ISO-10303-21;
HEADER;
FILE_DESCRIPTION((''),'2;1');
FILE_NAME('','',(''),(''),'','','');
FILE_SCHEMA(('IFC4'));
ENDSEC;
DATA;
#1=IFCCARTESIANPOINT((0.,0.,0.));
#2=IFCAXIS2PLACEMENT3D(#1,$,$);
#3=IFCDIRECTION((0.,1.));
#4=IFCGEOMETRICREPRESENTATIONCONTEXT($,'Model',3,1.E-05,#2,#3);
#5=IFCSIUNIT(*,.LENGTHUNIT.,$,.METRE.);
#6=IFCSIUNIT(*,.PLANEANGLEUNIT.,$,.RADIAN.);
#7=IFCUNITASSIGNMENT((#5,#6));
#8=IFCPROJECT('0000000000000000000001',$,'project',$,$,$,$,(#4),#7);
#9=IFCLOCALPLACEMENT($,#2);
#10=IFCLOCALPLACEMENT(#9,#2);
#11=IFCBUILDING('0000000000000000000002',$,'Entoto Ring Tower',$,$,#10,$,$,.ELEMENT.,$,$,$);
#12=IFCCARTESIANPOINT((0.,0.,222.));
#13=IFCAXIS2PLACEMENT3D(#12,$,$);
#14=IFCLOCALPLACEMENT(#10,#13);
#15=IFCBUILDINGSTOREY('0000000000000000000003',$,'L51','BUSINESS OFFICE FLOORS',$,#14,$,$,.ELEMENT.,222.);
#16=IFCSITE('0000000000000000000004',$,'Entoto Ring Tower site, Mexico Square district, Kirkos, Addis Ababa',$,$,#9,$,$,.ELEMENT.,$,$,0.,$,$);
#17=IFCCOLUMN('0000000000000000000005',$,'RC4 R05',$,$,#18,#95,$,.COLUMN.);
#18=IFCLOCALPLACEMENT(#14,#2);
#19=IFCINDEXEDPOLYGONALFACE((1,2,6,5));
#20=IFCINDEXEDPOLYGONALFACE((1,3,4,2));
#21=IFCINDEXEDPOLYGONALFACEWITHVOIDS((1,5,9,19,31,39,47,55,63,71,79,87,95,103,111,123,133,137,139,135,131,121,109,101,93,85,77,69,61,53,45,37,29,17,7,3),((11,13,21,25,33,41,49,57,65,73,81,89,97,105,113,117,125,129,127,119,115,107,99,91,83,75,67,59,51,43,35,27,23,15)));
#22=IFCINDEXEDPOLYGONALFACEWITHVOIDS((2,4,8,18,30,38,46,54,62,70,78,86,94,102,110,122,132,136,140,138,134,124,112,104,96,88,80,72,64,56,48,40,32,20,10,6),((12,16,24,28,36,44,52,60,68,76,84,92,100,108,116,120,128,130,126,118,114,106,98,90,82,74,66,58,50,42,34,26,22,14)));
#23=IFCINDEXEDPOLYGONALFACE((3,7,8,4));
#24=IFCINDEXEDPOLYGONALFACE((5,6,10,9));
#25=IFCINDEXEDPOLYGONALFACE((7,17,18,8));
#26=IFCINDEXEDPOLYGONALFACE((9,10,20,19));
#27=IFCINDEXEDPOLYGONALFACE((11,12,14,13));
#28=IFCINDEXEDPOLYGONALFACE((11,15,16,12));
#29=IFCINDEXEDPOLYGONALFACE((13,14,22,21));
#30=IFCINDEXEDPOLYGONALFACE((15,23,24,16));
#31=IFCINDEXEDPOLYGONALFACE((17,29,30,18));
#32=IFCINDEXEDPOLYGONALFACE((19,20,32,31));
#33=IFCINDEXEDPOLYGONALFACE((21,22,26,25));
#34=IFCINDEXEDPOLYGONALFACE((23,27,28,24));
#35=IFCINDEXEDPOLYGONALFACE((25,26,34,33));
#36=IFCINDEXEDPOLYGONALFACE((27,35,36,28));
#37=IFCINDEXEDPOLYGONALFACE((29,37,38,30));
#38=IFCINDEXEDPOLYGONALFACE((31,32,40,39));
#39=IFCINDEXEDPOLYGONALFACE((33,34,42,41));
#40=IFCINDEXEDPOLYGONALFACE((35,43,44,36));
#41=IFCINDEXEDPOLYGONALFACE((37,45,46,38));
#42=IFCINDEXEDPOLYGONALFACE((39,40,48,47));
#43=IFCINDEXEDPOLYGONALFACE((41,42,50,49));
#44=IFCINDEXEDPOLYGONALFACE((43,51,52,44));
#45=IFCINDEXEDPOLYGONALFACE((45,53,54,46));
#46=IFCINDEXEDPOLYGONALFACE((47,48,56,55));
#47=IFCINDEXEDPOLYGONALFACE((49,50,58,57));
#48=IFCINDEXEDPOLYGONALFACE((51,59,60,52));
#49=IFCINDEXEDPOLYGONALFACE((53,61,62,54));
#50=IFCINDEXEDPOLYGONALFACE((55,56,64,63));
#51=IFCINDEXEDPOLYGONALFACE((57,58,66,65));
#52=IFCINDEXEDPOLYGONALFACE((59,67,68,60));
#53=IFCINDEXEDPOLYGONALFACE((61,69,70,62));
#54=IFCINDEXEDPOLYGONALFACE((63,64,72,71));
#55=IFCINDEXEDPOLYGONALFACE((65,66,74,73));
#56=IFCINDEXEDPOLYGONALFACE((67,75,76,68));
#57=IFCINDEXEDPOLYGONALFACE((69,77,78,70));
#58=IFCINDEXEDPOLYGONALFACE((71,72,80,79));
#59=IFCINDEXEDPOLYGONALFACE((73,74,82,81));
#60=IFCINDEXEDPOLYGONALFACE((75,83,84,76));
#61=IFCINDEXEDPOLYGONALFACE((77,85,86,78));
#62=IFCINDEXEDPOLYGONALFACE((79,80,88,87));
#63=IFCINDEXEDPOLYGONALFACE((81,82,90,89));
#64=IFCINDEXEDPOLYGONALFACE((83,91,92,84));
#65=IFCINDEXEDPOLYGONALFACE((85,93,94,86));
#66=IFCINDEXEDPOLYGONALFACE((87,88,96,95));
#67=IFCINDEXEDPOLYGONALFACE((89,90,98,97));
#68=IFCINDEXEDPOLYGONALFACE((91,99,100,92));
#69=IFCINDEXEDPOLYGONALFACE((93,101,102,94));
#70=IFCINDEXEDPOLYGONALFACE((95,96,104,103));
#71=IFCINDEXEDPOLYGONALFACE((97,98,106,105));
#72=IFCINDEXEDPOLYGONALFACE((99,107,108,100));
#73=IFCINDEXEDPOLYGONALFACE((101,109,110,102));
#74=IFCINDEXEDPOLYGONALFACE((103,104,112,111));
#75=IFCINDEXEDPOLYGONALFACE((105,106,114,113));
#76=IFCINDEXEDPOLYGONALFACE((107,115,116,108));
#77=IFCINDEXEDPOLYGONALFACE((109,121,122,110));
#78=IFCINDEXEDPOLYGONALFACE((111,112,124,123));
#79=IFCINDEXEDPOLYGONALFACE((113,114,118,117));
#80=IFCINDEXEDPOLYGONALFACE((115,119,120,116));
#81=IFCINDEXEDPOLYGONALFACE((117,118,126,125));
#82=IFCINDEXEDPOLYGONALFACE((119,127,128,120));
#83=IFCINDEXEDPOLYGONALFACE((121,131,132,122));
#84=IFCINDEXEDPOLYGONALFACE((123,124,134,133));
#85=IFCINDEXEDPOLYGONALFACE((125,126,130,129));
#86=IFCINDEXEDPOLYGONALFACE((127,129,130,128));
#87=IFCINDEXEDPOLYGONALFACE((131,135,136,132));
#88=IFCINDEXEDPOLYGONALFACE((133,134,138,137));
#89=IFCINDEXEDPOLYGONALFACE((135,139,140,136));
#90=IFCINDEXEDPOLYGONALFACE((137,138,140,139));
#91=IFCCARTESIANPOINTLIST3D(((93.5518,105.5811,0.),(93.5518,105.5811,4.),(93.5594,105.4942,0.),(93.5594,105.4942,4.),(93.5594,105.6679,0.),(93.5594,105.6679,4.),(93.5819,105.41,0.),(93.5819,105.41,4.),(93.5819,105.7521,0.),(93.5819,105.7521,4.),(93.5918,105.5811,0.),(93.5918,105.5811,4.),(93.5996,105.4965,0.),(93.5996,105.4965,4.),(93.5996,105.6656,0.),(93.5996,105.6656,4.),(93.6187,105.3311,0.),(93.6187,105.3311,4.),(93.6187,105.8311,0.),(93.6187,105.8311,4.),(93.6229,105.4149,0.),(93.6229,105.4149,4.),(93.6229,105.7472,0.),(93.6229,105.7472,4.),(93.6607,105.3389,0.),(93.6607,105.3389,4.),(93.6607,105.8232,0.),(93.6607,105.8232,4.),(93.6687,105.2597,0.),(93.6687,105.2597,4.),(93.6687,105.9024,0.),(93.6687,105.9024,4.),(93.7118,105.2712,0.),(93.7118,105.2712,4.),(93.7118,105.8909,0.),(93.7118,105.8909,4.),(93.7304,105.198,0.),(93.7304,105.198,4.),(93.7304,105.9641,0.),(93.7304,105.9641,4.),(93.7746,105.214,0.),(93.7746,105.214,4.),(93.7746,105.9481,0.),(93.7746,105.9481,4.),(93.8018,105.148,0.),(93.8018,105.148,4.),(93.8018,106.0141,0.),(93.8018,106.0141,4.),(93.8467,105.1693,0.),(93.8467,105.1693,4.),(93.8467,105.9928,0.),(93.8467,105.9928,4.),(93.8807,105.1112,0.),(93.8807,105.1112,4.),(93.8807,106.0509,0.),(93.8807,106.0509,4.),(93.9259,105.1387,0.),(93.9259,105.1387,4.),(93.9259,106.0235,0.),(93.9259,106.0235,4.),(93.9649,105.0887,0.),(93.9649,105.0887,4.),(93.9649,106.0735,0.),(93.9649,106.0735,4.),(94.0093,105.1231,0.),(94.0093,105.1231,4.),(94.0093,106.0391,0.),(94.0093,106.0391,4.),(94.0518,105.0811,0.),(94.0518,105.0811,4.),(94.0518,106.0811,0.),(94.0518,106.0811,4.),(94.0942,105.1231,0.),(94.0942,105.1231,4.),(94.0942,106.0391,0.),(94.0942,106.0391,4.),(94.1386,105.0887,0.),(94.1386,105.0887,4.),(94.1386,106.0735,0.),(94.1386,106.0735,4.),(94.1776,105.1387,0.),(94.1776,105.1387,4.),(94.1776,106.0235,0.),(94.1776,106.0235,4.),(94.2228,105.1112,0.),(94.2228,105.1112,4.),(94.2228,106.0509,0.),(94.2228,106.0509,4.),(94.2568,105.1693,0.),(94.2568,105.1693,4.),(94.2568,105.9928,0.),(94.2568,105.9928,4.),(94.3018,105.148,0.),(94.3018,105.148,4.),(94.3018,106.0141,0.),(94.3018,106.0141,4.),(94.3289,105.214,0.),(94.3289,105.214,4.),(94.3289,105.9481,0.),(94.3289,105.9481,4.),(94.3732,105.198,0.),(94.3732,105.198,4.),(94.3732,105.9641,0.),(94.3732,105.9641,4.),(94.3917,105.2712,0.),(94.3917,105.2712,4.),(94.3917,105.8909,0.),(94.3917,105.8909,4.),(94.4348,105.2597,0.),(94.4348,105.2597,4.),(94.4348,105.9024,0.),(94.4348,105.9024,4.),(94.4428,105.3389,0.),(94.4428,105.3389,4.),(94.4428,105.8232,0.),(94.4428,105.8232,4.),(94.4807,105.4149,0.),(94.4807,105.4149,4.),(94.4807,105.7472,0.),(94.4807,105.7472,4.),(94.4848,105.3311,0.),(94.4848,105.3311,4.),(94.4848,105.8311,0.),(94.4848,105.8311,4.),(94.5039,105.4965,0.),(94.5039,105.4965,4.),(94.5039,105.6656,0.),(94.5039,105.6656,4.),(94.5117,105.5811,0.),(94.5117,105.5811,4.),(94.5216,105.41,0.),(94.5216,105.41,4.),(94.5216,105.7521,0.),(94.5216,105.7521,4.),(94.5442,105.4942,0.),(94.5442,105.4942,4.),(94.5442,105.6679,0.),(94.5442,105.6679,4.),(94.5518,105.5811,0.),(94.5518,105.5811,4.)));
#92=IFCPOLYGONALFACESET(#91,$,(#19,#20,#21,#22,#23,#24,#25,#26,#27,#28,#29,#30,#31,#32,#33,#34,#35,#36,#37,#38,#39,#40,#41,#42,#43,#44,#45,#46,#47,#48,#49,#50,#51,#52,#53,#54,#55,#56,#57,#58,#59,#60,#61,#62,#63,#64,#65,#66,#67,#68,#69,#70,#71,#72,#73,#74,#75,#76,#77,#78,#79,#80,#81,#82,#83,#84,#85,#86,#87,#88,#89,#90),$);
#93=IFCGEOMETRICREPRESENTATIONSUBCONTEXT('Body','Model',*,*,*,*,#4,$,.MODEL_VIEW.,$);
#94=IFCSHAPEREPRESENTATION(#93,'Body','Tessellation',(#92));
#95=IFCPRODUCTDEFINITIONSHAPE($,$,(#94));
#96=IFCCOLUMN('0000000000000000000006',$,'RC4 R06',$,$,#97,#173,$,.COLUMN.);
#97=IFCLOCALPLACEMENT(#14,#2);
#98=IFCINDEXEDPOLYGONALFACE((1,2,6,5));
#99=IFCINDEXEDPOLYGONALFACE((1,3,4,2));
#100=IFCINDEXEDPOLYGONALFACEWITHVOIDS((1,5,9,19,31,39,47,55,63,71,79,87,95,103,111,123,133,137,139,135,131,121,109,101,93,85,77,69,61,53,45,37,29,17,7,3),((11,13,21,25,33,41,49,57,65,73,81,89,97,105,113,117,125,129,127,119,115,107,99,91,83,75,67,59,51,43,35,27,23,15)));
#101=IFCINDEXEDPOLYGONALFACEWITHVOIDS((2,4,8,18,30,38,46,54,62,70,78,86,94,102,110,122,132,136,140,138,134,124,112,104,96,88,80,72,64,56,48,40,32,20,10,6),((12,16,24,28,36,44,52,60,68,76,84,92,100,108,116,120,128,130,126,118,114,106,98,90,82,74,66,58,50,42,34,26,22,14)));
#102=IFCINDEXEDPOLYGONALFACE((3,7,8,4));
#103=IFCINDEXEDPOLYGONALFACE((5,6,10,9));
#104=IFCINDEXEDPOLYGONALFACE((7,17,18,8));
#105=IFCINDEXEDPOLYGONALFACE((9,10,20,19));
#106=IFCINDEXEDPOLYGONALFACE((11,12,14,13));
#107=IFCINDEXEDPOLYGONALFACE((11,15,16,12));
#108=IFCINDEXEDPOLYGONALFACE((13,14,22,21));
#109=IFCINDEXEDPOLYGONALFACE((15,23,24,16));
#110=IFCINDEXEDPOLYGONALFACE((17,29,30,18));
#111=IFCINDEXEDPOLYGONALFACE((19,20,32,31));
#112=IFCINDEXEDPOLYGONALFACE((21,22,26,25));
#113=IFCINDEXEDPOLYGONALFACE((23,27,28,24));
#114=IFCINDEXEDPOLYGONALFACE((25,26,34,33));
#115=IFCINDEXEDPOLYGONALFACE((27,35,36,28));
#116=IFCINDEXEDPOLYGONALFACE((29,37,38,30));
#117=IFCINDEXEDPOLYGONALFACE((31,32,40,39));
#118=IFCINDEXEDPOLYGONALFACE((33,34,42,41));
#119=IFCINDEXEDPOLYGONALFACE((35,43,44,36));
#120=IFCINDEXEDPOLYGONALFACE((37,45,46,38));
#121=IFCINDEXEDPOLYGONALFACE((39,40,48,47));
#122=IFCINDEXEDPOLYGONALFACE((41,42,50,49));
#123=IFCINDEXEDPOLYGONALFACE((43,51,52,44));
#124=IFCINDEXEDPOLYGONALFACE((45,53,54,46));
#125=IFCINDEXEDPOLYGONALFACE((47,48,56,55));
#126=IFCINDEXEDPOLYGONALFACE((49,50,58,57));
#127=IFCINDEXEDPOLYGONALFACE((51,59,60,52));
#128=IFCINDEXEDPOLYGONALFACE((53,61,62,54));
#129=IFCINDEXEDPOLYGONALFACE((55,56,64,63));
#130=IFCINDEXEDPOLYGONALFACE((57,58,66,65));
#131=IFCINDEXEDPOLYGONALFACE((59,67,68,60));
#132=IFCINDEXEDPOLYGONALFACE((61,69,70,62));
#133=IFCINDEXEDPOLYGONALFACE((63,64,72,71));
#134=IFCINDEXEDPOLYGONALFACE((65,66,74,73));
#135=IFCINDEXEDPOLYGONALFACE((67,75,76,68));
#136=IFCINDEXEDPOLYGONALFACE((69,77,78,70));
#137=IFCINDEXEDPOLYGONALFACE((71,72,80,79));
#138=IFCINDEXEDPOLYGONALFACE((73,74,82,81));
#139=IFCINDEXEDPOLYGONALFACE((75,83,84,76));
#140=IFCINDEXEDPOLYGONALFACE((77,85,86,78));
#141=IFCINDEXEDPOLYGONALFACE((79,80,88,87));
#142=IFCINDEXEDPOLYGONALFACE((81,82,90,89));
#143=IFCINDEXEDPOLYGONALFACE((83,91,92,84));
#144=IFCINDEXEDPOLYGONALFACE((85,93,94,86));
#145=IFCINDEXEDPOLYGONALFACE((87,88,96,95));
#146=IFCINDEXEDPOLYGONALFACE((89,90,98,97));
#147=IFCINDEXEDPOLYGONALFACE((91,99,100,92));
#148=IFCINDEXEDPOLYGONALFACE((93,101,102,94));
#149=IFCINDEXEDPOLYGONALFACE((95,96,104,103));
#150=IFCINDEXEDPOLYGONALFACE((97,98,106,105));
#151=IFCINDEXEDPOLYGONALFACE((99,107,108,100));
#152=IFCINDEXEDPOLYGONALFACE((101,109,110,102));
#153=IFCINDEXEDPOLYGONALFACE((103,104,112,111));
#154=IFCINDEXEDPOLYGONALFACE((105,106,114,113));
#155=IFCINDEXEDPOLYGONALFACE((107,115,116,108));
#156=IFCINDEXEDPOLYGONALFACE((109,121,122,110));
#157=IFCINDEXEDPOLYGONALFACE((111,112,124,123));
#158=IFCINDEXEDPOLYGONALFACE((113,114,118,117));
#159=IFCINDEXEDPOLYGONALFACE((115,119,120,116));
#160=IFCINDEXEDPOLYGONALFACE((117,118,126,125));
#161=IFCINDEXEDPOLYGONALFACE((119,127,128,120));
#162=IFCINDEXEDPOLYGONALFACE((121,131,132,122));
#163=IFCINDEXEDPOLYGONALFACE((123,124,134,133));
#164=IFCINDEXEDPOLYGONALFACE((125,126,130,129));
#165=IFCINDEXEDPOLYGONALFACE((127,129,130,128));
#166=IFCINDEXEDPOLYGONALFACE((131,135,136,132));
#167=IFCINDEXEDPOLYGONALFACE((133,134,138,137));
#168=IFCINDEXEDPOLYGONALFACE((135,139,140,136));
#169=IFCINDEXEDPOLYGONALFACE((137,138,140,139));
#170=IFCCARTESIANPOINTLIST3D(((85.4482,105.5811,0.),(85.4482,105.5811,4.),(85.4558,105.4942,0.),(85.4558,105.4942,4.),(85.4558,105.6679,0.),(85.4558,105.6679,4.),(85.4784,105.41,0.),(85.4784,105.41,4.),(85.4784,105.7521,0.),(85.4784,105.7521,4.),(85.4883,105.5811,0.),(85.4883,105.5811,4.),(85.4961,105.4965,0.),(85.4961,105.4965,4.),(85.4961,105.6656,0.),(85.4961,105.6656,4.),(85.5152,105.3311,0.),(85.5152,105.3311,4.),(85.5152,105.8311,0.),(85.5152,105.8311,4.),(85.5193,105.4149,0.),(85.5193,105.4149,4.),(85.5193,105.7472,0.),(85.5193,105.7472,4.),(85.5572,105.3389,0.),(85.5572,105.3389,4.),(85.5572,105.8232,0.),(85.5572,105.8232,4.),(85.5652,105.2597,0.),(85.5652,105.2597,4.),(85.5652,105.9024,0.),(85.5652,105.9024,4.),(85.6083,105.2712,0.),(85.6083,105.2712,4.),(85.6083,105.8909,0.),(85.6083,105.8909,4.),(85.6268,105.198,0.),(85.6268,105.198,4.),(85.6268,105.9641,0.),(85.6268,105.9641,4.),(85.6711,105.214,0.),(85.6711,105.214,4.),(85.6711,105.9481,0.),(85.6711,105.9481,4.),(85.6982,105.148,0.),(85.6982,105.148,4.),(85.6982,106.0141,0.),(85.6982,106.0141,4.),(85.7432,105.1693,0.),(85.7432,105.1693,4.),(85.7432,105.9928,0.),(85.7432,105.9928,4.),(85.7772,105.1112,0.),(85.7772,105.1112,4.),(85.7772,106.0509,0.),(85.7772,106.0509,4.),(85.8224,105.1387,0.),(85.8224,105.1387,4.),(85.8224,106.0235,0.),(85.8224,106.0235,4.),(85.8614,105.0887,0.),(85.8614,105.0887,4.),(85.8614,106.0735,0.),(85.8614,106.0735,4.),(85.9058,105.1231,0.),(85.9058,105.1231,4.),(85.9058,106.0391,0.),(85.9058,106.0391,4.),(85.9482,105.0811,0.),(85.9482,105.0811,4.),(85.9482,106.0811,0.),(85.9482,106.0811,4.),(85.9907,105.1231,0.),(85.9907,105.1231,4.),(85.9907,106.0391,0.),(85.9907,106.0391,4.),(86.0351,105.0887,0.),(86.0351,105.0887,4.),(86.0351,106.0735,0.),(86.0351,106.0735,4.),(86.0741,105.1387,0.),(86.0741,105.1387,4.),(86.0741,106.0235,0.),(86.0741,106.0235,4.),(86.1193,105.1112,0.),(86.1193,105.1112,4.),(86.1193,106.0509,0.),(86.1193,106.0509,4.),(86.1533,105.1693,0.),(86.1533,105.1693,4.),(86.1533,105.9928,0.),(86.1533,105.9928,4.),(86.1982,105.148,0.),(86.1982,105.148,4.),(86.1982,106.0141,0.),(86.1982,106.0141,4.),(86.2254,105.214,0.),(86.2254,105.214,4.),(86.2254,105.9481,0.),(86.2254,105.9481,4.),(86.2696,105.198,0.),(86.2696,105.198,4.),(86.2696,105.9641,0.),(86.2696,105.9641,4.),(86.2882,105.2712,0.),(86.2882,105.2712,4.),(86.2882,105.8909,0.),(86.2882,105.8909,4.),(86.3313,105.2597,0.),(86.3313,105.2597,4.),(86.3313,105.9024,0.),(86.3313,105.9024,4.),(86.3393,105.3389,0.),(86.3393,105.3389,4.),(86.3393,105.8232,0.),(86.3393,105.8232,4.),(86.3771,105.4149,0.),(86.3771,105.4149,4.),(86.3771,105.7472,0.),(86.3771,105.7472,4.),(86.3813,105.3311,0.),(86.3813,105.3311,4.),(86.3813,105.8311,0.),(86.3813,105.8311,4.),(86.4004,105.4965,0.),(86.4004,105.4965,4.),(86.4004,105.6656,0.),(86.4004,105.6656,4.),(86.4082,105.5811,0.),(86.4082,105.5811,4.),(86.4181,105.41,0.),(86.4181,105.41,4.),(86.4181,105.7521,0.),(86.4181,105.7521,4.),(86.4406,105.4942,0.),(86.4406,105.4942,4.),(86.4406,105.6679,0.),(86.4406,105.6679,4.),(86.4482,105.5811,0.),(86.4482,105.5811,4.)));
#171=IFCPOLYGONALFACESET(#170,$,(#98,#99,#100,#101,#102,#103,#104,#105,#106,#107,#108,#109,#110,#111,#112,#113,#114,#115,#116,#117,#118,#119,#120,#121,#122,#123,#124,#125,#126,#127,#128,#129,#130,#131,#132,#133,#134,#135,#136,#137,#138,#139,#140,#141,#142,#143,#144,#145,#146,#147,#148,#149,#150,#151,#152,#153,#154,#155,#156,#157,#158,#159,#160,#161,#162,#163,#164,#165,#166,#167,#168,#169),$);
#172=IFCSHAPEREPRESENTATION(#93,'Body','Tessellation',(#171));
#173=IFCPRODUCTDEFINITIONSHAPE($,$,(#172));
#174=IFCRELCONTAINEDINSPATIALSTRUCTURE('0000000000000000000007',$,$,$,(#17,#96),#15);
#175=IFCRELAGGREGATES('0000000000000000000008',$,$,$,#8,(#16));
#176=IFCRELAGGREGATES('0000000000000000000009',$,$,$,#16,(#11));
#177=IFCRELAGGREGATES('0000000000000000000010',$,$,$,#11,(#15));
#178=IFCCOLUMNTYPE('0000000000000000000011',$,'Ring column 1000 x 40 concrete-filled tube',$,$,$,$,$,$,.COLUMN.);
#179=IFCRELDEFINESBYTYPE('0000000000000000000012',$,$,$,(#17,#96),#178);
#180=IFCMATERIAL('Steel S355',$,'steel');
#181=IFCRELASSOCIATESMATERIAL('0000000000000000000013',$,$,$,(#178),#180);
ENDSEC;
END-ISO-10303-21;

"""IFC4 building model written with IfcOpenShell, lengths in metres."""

from ifc_helpers import new_model, si_unit, direction, frame, origin, origin_2d, place, context, subcontext, project, spatial, circle, hollow_circle, extrude, material, material_profile, profile_set, type_object, element, save


model = new_model("IFC4")

# Units and contexts
model_context = context("Model", 3, precision=1e-05, world=origin(), true_north=direction((0.0, 1.0)))
body_context = subcontext(model_context, "Body", "Model", "MODEL_VIEW")
ifc_project = project(units=[si_unit("LENGTHUNIT", "METRE"), si_unit("PLANEANGLEUNIT", "RADIAN")], contexts=[model_context])

# Site, building, storey
site_placement = place(None, origin())
site = spatial("IfcSite", under=ifc_project, at=site_placement, Name="Entoto Ring Tower site, Mexico Square district, Kirkos, Addis Ababa", CompositionType="ELEMENT", RefElevation=0.0)
building_placement = place(site_placement, origin())
building = spatial("IfcBuilding", under=site, at=building_placement, Name="Entoto Ring Tower", CompositionType="ELEMENT")
storey_placement = place(building_placement, frame((0.0, 0.0, 222.0)))
storey = spatial("IfcBuildingStorey", under=building, at=storey_placement, Name="L51", Description="BUSINESS OFFICE FLOORS", CompositionType="ELEMENT", Elevation=222.0)

# Columns
ifc_material_1 = material(Name="Steel S355", Category="steel")
ifc_material_profile_1 = material_profile(ifc_material_1, hollow_circle(Radius=0.5, WallThickness=0.04, at=origin_2d()), Name="CHS 1000 x 40")
ifc_material_2 = material(Name="Concrete C60/75", Category="concrete")
ifc_material_profile_2 = material_profile(ifc_material_2, circle(Radius=0.46, at=origin_2d()), Name="Concrete C60/75 infill")
ifc_profile_set_1 = profile_set([ifc_material_profile_1, ifc_material_profile_2], Name="Steel S355")
column_type = type_object("IfcColumnType", Name="Ring column 1000 x 40 concrete-filled tube", PredefinedType="COLUMN", material=ifc_profile_set_1)
for number, where, z_axis, x_axis, name in (
    (1, (94.0518, 105.5811, 0.0), (0.0, 0.0, 1.0), (1.0, 0.0, 0.0), "RC4 R05"),
    (2, (85.9482, 105.5811, 0.0), (0.0, 0.0, 1.0), (1.0, 0.0, 0.0), "RC4 R06"),
):
    element("IfcColumn", number, at=place(storey_placement, frame(where, z_axis=z_axis, x_axis=x_axis)), inside=storey, type_object=column_type, Name=name, PredefinedType="COLUMN", context=body_context, shape_type="SweptSolid", body=[
        extrude(hollow_circle(Radius=0.5, WallThickness=0.04, at=origin_2d()), origin(), (0.0, 0.0, 1.0), 4.0),
    ])

save(model, "model.ifc")
